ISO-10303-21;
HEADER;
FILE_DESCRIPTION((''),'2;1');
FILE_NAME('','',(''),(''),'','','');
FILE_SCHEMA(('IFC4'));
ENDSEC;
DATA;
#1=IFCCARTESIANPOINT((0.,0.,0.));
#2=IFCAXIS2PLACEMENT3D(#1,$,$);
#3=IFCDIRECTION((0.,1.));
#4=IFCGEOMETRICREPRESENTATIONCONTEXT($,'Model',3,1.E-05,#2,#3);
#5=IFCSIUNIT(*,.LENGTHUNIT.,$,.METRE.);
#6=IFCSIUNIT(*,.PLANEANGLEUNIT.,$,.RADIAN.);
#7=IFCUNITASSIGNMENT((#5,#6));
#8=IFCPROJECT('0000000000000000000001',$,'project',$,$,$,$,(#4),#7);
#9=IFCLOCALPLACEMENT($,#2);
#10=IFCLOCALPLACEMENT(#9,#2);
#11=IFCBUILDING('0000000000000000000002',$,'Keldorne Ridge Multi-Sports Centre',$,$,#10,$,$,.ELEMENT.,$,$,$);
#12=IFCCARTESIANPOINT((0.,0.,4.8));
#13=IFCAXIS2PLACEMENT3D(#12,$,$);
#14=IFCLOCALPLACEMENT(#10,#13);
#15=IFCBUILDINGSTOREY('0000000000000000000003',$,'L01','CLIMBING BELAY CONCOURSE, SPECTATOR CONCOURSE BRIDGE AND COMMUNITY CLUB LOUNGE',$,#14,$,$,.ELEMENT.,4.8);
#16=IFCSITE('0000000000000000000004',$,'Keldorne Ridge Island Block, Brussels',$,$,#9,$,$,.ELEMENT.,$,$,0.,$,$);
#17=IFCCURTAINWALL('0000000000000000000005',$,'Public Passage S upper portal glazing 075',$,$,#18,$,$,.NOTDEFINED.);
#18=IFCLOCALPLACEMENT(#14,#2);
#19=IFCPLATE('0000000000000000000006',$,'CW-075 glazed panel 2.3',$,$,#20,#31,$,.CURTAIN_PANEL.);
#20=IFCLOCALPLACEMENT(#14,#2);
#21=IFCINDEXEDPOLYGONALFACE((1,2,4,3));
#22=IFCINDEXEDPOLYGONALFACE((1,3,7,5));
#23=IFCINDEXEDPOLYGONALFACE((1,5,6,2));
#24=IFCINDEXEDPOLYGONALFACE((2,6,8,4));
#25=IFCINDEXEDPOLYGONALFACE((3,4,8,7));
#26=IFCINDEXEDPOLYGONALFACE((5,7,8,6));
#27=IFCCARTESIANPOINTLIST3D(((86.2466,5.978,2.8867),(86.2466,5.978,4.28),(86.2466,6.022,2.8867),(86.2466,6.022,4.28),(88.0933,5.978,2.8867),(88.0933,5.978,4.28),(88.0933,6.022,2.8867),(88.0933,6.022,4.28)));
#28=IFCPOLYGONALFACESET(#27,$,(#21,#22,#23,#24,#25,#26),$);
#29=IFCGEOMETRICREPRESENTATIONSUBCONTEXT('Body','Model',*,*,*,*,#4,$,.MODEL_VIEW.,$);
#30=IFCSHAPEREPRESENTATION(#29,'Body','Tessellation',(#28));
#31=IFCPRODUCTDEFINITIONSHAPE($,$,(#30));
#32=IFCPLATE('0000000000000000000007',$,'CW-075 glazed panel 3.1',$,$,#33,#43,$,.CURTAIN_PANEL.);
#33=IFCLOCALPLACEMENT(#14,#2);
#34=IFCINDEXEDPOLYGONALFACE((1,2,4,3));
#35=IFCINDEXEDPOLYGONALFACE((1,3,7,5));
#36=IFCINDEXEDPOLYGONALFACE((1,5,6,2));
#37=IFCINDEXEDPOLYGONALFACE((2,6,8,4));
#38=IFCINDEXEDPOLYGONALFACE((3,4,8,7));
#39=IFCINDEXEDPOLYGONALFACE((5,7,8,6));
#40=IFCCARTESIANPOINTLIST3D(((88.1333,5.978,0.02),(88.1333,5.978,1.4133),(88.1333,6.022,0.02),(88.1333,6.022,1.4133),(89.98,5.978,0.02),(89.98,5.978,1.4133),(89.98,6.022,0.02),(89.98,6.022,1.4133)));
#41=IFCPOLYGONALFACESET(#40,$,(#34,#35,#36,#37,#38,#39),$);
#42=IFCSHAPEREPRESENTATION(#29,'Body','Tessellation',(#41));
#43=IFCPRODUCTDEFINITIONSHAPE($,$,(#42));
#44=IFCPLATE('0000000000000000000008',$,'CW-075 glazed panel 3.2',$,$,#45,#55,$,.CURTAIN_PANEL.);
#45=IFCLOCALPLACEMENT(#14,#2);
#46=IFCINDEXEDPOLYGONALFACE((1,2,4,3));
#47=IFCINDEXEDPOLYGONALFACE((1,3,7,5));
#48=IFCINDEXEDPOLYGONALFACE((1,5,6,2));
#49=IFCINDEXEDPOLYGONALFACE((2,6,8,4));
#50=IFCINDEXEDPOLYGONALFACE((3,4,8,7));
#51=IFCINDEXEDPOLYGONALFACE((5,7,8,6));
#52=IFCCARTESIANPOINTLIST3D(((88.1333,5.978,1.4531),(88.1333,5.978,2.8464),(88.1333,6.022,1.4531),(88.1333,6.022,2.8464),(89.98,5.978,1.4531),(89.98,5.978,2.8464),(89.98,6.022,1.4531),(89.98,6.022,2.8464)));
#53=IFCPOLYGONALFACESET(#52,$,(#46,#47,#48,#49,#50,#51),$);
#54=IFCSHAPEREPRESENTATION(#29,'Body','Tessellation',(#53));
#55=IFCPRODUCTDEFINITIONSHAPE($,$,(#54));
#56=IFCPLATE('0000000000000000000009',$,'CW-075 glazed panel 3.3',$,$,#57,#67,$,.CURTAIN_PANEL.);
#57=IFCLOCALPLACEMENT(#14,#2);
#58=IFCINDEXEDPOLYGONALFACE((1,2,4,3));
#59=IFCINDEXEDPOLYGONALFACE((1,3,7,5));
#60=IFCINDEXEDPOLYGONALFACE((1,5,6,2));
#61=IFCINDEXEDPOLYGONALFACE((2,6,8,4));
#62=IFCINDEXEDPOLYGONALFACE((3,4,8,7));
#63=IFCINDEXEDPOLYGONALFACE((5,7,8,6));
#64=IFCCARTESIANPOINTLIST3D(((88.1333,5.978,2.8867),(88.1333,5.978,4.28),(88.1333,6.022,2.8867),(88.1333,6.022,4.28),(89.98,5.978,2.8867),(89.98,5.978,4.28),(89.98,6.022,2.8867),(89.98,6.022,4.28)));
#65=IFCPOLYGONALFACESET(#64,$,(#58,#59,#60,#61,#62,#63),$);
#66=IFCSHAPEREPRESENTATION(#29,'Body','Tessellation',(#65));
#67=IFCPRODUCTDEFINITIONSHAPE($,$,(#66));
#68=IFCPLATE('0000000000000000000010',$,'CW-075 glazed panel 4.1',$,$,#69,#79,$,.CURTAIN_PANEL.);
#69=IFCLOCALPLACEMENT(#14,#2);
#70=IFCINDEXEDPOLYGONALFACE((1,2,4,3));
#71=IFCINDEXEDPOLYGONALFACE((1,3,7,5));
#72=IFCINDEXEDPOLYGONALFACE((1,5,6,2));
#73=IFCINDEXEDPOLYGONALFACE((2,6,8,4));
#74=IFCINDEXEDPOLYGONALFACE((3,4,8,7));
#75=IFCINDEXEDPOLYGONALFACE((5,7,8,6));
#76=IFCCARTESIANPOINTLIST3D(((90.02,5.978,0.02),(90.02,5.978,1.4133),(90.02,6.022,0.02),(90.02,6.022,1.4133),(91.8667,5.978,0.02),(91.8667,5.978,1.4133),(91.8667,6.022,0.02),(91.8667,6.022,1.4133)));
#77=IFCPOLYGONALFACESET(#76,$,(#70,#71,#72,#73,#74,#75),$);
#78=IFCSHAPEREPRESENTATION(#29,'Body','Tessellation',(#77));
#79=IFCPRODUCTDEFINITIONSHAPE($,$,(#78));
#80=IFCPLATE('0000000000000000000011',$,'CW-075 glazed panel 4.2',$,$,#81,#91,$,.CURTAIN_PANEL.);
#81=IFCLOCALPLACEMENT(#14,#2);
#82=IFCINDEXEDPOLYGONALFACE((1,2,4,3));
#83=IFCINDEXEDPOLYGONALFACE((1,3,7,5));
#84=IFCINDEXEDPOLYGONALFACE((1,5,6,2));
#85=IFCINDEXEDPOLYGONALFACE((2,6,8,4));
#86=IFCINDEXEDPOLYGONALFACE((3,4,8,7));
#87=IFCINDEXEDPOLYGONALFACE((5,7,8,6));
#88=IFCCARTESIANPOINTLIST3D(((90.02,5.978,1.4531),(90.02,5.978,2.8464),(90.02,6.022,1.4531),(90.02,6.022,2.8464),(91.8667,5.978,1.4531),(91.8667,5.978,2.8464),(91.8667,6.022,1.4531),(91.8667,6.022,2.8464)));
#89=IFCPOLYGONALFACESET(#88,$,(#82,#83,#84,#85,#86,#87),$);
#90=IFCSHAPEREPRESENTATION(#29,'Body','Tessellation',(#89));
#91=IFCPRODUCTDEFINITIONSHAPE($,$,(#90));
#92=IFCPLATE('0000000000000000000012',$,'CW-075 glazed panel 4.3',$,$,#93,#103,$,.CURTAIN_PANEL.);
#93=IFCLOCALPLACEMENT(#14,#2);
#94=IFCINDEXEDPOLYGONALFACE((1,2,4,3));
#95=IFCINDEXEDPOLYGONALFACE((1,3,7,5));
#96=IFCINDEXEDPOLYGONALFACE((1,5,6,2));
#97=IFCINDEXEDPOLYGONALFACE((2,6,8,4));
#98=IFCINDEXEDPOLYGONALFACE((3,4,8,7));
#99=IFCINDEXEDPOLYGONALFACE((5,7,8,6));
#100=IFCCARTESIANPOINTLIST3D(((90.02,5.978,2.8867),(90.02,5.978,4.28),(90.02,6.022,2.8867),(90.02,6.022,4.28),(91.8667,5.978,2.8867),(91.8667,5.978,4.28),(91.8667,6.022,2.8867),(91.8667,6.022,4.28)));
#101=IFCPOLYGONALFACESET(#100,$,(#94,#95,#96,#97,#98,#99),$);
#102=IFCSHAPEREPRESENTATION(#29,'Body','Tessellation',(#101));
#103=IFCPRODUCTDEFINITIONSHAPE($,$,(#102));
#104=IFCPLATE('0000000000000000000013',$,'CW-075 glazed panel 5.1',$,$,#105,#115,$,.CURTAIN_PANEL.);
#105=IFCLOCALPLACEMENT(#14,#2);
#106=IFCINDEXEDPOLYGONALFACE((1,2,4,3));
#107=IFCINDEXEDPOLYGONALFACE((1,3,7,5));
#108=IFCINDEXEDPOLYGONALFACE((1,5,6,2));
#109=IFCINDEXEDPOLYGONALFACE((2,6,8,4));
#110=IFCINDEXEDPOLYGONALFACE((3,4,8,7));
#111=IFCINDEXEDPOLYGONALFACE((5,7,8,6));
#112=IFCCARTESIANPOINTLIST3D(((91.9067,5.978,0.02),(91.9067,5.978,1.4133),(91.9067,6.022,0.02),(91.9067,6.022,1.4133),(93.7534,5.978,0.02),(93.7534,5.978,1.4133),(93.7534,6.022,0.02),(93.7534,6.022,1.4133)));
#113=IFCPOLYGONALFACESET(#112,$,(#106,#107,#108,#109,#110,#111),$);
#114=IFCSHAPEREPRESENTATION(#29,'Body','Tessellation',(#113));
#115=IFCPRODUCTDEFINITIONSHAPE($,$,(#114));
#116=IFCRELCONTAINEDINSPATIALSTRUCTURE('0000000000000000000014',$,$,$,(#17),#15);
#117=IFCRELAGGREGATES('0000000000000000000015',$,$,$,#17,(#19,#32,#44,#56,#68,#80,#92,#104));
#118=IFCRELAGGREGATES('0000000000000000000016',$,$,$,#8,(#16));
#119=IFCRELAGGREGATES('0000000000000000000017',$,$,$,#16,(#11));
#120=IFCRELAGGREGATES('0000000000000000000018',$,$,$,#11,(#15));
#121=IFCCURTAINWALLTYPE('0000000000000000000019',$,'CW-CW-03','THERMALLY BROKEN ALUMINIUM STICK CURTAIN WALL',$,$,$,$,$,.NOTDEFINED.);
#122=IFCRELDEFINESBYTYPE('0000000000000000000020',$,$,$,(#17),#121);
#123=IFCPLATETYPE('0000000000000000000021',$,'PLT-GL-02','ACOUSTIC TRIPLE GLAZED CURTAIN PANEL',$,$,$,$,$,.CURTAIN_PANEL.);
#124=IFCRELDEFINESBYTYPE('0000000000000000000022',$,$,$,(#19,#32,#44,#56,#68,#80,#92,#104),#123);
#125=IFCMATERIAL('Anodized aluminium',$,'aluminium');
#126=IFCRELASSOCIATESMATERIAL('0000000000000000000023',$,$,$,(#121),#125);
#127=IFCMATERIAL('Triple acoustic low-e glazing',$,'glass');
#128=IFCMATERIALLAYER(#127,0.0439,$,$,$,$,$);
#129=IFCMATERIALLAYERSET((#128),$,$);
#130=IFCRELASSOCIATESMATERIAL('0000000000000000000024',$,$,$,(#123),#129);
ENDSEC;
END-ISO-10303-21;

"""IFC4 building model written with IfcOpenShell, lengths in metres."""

from ifc_helpers import new_model, si_unit, direction, frame, origin, origin_2d, place, context, subcontext, project, spatial, rectangle, extrude, material, layer, layer_set, type_object, element, aggregate, save


model = new_model("IFC4")

# Units and contexts
model_context = context("Model", 3, precision=1e-05, world=origin(), true_north=direction((0.0, 1.0)))
body_context = subcontext(model_context, "Body", "Model", "MODEL_VIEW")
ifc_project = project(units=[si_unit("LENGTHUNIT", "METRE"), si_unit("PLANEANGLEUNIT", "RADIAN")], contexts=[model_context])

# Site, building, storey
site_placement = place(None, origin())
site = spatial("IfcSite", under=ifc_project, at=site_placement, Name="Keldorne Ridge Island Block, Brussels", CompositionType="ELEMENT", RefElevation=0.0)
building_placement = place(site_placement, origin())
building = spatial("IfcBuilding", under=site, at=building_placement, Name="Keldorne Ridge Multi-Sports Centre", CompositionType="ELEMENT")
storey_placement = place(building_placement, frame((0.0, 0.0, 4.8)))
storey = spatial("IfcBuildingStorey", under=building, at=storey_placement, Name="L01", Description="CLIMBING BELAY CONCOURSE, SPECTATOR CONCOURSE BRIDGE AND COMMUNITY CLUB LOUNGE", CompositionType="ELEMENT", Elevation=4.8)

# Curtain wall, plates
ifc_material_1 = material(Name="Anodized aluminium", Category="aluminium")
curtain_wall_type = type_object("IfcCurtainWallType", Name="CW-CW-03", Description="THERMALLY BROKEN ALUMINIUM STICK CURTAIN WALL", PredefinedType="NOTDEFINED", material=ifc_material_1)
curtain_wall_placement = place(storey_placement, origin())
curtain_wall = element("IfcCurtainWall", 1, at=curtain_wall_placement, inside=storey, type_object=curtain_wall_type, Name="Public Passage S upper portal glazing 075", PredefinedType="NOTDEFINED")
ifc_material_2 = material(Name="Triple acoustic low-e glazing", Category="glass")
ifc_layer = layer(ifc_material_2, 0.0439)
ifc_layer_set = layer_set([ifc_layer])
plate_type = type_object("IfcPlateType", Name="PLT-GL-02", Description="ACOUSTIC TRIPLE GLAZED CURTAIN PANEL", PredefinedType="CURTAIN_PANEL", material=ifc_layer_set)
plate_1_placement = place(storey_placement, frame((87.1699, 6.0, 2.8867), z_axis=(0.0, 0.0, 1.0), x_axis=(1.0, 0.0, 0.0)))
plate_1 = element("IfcPlate", 2, at=plate_1_placement, type_object=plate_type, Name="CW-075 glazed panel 2.3", PredefinedType="CURTAIN_PANEL", context=body_context, shape_type="SweptSolid", body=[
    extrude(rectangle(XDim=1.8467, YDim=0.0439, at=origin_2d()), origin(), (0.0, 0.0, 1.0), 1.3933),
])
plate_2_placement = place(storey_placement, frame((89.0566, 6.0, 0.02), z_axis=(0.0, 0.0, 1.0), x_axis=(1.0, 0.0, 0.0)))
plate_2 = element("IfcPlate", 3, at=plate_2_placement, type_object=plate_type, Name="CW-075 glazed panel 3.1", PredefinedType="CURTAIN_PANEL", context=body_context, shape_type="SweptSolid", body=[
    extrude(rectangle(XDim=1.8467, YDim=0.0439, at=origin_2d()), origin(), (0.0, 0.0, 1.0), 1.3933),
])
plate_3_placement = place(storey_placement, frame((89.0566, 6.0, 1.4531), z_axis=(0.0, 0.0, 1.0), x_axis=(1.0, 0.0, 0.0)))
plate_3 = element("IfcPlate", 4, at=plate_3_placement, type_object=plate_type, Name="CW-075 glazed panel 3.2", PredefinedType="CURTAIN_PANEL", context=body_context, shape_type="SweptSolid", body=[
    extrude(rectangle(XDim=1.8467, YDim=0.0439, at=origin_2d()), origin(), (0.0, 0.0, 1.0), 1.3933),
])
plate_4_placement = place(storey_placement, frame((89.0566, 6.0, 2.8867), z_axis=(0.0, 0.0, 1.0), x_axis=(1.0, 0.0, 0.0)))
plate_4 = element("IfcPlate", 5, at=plate_4_placement, type_object=plate_type, Name="CW-075 glazed panel 3.3", PredefinedType="CURTAIN_PANEL", context=body_context, shape_type="SweptSolid", body=[
    extrude(rectangle(XDim=1.8467, YDim=0.0439, at=origin_2d()), origin(), (0.0, 0.0, 1.0), 1.3933),
])
plate_5_placement = place(storey_placement, frame((90.9434, 6.0, 0.02), z_axis=(0.0, 0.0, 1.0), x_axis=(1.0, 0.0, 0.0)))
plate_5 = element("IfcPlate", 6, at=plate_5_placement, type_object=plate_type, Name="CW-075 glazed panel 4.1", PredefinedType="CURTAIN_PANEL", context=body_context, shape_type="SweptSolid", body=[
    extrude(rectangle(XDim=1.8467, YDim=0.0439, at=origin_2d()), origin(), (0.0, 0.0, 1.0), 1.3933),
])
plate_6_placement = place(storey_placement, frame((90.9434, 6.0, 1.4531), z_axis=(0.0, 0.0, 1.0), x_axis=(1.0, 0.0, 0.0)))
plate_6 = element("IfcPlate", 7, at=plate_6_placement, type_object=plate_type, Name="CW-075 glazed panel 4.2", PredefinedType="CURTAIN_PANEL", context=body_context, shape_type="SweptSolid", body=[
    extrude(rectangle(XDim=1.8467, YDim=0.0439, at=origin_2d()), origin(), (0.0, 0.0, 1.0), 1.3933),
])
plate_7_placement = place(storey_placement, frame((90.9434, 6.0, 2.8867), z_axis=(0.0, 0.0, 1.0), x_axis=(1.0, 0.0, 0.0)))
plate_7 = element("IfcPlate", 8, at=plate_7_placement, type_object=plate_type, Name="CW-075 glazed panel 4.3", PredefinedType="CURTAIN_PANEL", context=body_context, shape_type="SweptSolid", body=[
    extrude(rectangle(XDim=1.8467, YDim=0.0439, at=origin_2d()), origin(), (0.0, 0.0, 1.0), 1.3933),
])
plate_8_placement = place(storey_placement, frame((92.8301, 6.0, 0.02), z_axis=(0.0, 0.0, 1.0), x_axis=(1.0, 0.0, 0.0)))
plate_8 = element("IfcPlate", 9, at=plate_8_placement, type_object=plate_type, Name="CW-075 glazed panel 5.1", PredefinedType="CURTAIN_PANEL", context=body_context, shape_type="SweptSolid", body=[
    extrude(rectangle(XDim=1.8467, YDim=0.0439, at=origin_2d()), origin(), (0.0, 0.0, 1.0), 1.3933),
])
aggregate(curtain_wall, [plate_1, plate_2, plate_3, plate_4, plate_5, plate_6, plate_7, plate_8])

save(model, "model.ifc")
